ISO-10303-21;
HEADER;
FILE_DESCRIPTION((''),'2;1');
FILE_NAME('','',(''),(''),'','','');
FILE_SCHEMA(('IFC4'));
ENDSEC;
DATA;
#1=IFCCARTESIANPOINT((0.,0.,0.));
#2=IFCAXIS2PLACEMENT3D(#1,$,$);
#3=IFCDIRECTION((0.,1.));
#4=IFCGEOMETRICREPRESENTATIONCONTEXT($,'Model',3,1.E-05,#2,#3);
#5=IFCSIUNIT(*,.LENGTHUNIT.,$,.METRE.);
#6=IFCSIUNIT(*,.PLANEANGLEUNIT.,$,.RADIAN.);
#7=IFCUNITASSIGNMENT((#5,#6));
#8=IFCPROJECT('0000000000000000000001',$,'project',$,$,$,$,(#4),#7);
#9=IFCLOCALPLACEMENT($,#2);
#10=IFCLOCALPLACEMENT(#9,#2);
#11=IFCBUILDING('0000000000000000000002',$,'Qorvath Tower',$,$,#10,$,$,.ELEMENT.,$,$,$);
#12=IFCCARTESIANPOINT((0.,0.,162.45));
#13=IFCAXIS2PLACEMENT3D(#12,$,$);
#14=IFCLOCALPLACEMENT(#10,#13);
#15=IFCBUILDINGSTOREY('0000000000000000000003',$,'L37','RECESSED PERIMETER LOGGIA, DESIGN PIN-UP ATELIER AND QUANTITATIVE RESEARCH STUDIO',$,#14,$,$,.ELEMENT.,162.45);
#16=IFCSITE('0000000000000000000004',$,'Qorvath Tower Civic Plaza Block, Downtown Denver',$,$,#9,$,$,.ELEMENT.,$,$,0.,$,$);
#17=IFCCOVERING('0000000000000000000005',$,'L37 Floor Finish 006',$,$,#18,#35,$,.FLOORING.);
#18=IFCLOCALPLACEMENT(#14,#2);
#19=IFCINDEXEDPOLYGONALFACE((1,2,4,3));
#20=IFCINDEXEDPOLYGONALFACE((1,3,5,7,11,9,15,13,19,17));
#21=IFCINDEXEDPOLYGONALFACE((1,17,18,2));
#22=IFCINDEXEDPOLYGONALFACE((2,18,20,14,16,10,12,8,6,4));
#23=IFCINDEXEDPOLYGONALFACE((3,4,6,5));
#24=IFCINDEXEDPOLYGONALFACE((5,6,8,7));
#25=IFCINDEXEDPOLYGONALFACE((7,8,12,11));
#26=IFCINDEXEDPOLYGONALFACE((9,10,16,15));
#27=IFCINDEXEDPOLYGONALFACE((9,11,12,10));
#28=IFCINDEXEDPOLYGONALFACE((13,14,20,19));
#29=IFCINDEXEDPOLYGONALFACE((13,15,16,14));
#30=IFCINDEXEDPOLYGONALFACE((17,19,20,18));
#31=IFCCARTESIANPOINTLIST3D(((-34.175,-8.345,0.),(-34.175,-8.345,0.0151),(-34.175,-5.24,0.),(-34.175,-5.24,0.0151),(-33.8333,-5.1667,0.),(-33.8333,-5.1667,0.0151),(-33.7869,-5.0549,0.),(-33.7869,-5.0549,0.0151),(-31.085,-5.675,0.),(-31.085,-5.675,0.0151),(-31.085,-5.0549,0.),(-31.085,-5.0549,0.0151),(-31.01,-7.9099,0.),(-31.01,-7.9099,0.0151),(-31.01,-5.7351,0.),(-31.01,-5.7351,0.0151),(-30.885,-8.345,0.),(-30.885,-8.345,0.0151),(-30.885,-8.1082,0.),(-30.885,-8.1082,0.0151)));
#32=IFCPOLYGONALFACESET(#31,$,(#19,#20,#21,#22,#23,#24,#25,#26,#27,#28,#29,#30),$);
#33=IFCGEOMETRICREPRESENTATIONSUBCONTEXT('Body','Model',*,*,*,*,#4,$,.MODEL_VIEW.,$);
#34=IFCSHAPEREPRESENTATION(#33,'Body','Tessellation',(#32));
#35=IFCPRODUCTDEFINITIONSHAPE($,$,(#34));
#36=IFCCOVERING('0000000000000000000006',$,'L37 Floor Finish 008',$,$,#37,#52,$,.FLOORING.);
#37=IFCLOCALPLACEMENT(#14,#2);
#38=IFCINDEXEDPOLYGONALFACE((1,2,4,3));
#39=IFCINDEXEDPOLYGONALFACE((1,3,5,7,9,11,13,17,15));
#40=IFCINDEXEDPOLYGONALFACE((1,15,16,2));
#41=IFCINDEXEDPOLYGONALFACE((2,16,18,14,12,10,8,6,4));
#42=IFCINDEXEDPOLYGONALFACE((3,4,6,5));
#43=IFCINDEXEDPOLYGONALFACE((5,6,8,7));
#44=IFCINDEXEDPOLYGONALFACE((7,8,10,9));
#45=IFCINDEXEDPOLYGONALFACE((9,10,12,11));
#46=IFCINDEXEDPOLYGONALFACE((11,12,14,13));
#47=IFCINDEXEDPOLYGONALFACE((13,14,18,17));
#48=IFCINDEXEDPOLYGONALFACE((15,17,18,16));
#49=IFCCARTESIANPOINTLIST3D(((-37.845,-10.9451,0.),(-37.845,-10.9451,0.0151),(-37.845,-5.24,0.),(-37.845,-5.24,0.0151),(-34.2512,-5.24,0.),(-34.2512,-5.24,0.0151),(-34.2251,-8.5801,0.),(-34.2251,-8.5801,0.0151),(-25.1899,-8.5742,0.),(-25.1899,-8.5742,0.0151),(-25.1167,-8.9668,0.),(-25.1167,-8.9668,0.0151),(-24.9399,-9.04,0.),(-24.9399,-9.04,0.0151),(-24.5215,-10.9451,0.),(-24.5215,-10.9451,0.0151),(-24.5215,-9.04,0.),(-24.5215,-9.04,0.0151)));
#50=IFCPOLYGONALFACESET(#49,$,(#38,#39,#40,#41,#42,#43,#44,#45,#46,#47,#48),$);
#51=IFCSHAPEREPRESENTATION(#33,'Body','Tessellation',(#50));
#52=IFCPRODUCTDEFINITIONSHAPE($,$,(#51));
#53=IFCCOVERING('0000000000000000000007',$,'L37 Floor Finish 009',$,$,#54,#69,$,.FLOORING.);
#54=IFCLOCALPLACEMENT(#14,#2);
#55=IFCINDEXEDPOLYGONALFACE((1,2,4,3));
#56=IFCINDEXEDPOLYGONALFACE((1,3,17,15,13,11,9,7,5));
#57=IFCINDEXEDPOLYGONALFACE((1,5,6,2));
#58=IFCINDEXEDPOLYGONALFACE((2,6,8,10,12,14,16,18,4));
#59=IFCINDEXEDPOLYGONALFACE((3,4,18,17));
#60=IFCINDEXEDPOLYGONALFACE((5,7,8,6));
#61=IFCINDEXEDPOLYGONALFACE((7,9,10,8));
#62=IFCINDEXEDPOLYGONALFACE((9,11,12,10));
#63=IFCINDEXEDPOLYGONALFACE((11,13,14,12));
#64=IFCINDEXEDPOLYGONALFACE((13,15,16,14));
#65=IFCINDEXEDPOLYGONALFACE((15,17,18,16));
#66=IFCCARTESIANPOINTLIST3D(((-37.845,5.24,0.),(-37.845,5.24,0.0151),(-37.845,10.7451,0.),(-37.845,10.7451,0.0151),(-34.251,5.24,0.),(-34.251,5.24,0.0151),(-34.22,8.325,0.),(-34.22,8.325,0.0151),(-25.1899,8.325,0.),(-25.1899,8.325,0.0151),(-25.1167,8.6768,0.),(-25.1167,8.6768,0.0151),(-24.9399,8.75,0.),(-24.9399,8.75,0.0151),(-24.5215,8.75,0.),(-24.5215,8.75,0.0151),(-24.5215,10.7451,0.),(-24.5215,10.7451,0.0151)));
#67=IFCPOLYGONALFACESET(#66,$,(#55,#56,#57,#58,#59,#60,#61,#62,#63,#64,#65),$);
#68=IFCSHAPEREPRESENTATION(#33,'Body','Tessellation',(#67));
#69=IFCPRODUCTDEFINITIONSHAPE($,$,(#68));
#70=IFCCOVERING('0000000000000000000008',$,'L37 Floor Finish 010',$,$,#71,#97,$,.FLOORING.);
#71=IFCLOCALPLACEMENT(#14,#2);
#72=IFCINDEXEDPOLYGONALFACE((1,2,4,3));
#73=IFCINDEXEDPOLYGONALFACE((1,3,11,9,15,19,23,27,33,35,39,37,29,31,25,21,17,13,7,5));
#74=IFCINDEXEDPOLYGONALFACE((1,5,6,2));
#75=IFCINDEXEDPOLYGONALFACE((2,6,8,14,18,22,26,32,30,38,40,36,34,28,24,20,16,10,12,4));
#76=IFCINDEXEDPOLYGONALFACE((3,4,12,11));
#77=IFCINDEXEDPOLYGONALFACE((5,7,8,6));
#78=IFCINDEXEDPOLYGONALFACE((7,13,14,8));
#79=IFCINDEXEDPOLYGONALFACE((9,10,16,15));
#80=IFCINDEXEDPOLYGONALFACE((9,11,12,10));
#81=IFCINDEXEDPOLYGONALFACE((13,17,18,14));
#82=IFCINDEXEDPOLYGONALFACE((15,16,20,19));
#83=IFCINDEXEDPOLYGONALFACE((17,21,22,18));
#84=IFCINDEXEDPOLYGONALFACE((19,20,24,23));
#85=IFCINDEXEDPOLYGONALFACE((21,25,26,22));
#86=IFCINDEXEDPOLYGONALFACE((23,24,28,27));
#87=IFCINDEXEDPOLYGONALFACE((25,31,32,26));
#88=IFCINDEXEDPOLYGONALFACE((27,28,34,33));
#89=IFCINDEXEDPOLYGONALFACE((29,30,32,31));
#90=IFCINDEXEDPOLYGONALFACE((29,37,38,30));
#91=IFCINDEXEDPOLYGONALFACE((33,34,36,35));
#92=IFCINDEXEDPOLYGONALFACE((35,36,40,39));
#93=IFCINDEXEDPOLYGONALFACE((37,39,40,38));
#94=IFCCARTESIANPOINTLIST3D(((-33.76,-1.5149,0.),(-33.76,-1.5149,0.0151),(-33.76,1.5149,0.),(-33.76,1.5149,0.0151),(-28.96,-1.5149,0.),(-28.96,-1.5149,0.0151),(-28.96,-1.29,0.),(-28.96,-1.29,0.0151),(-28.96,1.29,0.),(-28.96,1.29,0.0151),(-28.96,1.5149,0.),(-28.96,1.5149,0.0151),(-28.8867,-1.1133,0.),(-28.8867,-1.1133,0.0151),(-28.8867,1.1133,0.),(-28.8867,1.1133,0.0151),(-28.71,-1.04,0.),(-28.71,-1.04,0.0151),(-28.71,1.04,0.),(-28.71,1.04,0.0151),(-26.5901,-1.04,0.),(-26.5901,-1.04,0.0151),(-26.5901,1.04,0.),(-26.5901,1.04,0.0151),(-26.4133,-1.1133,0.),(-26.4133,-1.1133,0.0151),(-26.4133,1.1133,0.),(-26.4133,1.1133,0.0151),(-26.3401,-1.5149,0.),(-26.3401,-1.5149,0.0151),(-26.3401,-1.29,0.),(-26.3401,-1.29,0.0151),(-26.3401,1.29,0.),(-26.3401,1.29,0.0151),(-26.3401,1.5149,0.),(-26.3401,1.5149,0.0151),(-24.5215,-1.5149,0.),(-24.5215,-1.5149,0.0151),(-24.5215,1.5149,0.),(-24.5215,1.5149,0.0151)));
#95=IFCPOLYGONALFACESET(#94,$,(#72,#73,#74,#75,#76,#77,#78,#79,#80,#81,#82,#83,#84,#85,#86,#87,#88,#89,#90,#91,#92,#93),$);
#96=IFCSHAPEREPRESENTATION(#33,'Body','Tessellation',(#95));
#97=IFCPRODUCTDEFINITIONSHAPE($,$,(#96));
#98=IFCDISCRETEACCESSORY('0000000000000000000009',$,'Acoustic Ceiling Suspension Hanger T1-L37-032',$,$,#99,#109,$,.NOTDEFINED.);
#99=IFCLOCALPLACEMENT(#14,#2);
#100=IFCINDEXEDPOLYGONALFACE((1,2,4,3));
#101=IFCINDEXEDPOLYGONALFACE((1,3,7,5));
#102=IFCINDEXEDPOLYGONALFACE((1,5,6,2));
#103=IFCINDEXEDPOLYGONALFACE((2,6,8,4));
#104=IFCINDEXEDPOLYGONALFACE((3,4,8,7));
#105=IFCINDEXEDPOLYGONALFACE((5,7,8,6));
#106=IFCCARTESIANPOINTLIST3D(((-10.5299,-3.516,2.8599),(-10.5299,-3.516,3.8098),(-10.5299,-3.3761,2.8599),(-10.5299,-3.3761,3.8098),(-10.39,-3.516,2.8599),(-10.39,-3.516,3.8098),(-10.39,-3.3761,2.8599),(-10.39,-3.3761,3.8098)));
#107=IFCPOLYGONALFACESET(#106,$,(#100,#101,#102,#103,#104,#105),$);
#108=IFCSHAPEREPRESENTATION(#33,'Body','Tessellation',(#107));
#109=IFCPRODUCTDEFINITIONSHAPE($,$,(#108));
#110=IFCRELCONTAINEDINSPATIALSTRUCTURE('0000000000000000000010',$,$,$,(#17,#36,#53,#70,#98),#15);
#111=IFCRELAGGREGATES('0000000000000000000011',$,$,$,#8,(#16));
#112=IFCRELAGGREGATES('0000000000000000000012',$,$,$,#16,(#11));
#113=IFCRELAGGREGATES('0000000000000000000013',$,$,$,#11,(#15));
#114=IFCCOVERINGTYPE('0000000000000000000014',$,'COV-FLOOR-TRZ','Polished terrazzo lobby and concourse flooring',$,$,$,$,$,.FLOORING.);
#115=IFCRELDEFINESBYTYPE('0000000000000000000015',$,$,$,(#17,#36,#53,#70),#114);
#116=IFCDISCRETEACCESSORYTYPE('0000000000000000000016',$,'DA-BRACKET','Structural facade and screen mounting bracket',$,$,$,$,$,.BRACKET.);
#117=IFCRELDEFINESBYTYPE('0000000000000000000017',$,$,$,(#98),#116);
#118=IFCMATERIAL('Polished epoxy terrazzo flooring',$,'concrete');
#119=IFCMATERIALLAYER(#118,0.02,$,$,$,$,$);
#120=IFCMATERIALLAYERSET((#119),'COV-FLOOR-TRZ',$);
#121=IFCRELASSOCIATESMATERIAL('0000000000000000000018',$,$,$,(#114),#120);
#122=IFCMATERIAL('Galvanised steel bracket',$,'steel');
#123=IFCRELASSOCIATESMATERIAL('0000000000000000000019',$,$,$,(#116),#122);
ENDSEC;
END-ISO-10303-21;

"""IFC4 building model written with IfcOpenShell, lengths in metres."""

from ifc_helpers import new_model, si_unit, direction, frame, origin, origin_2d, place, context, subcontext, project, spatial, polyline, rectangle, outline, extrude, material, layer, layer_set, type_object, element, save


model = new_model("IFC4")

# Units and contexts
model_context = context("Model", 3, precision=1e-05, world=origin(), true_north=direction((0.0, 1.0)))
body_context = subcontext(model_context, "Body", "Model", "MODEL_VIEW")
ifc_project = project(units=[si_unit("LENGTHUNIT", "METRE"), si_unit("PLANEANGLEUNIT", "RADIAN")], contexts=[model_context])

# Site, building, storey
site_placement = place(None, origin())
site = spatial("IfcSite", under=ifc_project, at=site_placement, Name="Qorvath Tower Civic Plaza Block, Downtown Denver", CompositionType="ELEMENT", RefElevation=0.0)
building_placement = place(site_placement, origin())
building = spatial("IfcBuilding", under=site, at=building_placement, Name="Qorvath Tower", CompositionType="ELEMENT")
storey_placement = place(building_placement, frame((0.0, 0.0, 162.45)))
storey = spatial("IfcBuildingStorey", under=building, at=storey_placement, Name="L37", Description="RECESSED PERIMETER LOGGIA, DESIGN PIN-UP ATELIER AND QUANTITATIVE RESEARCH STUDIO", CompositionType="ELEMENT", Elevation=162.45)

# Coverings
ifc_material_1 = material(Name="Polished epoxy terrazzo flooring", Category="concrete")
ifc_layer_1 = layer(ifc_material_1, 0.02)
ifc_layer_set_1 = layer_set([ifc_layer_1], Name="COV-FLOOR-TRZ")
covering_type_1 = type_object("IfcCoveringType", Name="COV-FLOOR-TRZ", Description="Polished terrazzo lobby and concourse flooring", PredefinedType="FLOORING", material=ifc_layer_set_1)
covering_1_placement = place(storey_placement, origin())
element("IfcCovering", 1, at=covering_1_placement, inside=storey, type_object=covering_type_1, Name="L37 Floor Finish 006", PredefinedType="FLOORING", context=body_context, shape_type="SweptSolid", body=[
    extrude(outline(polyline([(-31.085, -5.0549), (-33.7869, -5.0549), (-33.8333, -5.1667), (-34.175, -5.24), (-34.175, -8.345), (-30.885, -8.345), (-30.885, -8.1082), (-31.01, -7.9099), (-31.01, -5.7351), (-31.085, -5.675), (-31.085, -5.0549)])), origin(), (0.0, 0.0, 1.0), 0.0151),
])
covering_2_placement = place(storey_placement, origin())
element("IfcCovering", 2, at=covering_2_placement, inside=storey, type_object=covering_type_1, Name="L37 Floor Finish 008", PredefinedType="FLOORING", context=body_context, shape_type="SweptSolid", body=[
    extrude(outline(polyline([(-34.2251, -8.5801), (-34.2512, -5.24), (-37.845, -5.24), (-37.845, -10.9451), (-24.5215, -10.9451), (-24.5215, -9.04), (-24.9399, -9.04), (-25.1167, -8.9668), (-25.1899, -8.5742), (-34.2251, -8.5801)])), origin(), (0.0, 0.0, 1.0), 0.0151),
])
covering_3_placement = place(storey_placement, origin())
element("IfcCovering", 3, at=covering_3_placement, inside=storey, type_object=covering_type_1, Name="L37 Floor Finish 009", PredefinedType="FLOORING", context=body_context, shape_type="SweptSolid", body=[
    extrude(outline(polyline([(-24.5215, 8.75), (-24.5215, 10.7451), (-37.845, 10.7451), (-37.845, 5.24), (-34.251, 5.24), (-34.22, 8.325), (-25.1899, 8.325), (-25.1167, 8.6768), (-24.9399, 8.75), (-24.5215, 8.75)])), origin(), (0.0, 0.0, 1.0), 0.0151),
])
covering_4_placement = place(storey_placement, origin())
element("IfcCovering", 4, at=covering_4_placement, inside=storey, type_object=covering_type_1, Name="L37 Floor Finish 010", PredefinedType="FLOORING", context=body_context, shape_type="SweptSolid", body=[
    extrude(outline(polyline([(-24.5215, -1.5149), (-24.5215, 1.5149), (-26.3401, 1.5149), (-26.3401, 1.29), (-26.4133, 1.1133), (-26.5901, 1.04), (-28.71, 1.04), (-28.8867, 1.1133), (-28.96, 1.29), (-28.96, 1.5149), (-33.76, 1.5149), (-33.76, -1.5149), (-28.96, -1.5149), (-28.96, -1.29), (-28.8867, -1.1133), (-28.71, -1.04), (-26.5901, -1.04), (-26.4133, -1.1133), (-26.3401, -1.29), (-26.3401, -1.5149), (-24.5215, -1.5149)])), origin(), (0.0, 0.0, 1.0), 0.0151),
])

# Discrete accessory
ifc_material_2 = material(Name="Galvanised steel bracket", Category="steel")
discrete_accessory_type = type_object("IfcDiscreteAccessoryType", Name="DA-BRACKET", Description="Structural facade and screen mounting bracket", PredefinedType="BRACKET", material=ifc_material_2)
discrete_accessory_placement = place(storey_placement, frame((-10.46, -3.446, 2.8599), z_axis=(0.0, 0.0, 1.0), x_axis=(1.0, 0.0, 0.0)))
element("IfcDiscreteAccessory", 5, at=discrete_accessory_placement, inside=storey, type_object=discrete_accessory_type, Name="Acoustic Ceiling Suspension Hanger T1-L37-032", PredefinedType="NOTDEFINED", context=body_context, shape_type="SweptSolid", body=[
    extrude(rectangle(XDim=0.1399, YDim=0.1399, at=origin_2d()), origin(), (0.0, 0.0, 1.0), 0.95),
])

save(model, "model.ifc")
